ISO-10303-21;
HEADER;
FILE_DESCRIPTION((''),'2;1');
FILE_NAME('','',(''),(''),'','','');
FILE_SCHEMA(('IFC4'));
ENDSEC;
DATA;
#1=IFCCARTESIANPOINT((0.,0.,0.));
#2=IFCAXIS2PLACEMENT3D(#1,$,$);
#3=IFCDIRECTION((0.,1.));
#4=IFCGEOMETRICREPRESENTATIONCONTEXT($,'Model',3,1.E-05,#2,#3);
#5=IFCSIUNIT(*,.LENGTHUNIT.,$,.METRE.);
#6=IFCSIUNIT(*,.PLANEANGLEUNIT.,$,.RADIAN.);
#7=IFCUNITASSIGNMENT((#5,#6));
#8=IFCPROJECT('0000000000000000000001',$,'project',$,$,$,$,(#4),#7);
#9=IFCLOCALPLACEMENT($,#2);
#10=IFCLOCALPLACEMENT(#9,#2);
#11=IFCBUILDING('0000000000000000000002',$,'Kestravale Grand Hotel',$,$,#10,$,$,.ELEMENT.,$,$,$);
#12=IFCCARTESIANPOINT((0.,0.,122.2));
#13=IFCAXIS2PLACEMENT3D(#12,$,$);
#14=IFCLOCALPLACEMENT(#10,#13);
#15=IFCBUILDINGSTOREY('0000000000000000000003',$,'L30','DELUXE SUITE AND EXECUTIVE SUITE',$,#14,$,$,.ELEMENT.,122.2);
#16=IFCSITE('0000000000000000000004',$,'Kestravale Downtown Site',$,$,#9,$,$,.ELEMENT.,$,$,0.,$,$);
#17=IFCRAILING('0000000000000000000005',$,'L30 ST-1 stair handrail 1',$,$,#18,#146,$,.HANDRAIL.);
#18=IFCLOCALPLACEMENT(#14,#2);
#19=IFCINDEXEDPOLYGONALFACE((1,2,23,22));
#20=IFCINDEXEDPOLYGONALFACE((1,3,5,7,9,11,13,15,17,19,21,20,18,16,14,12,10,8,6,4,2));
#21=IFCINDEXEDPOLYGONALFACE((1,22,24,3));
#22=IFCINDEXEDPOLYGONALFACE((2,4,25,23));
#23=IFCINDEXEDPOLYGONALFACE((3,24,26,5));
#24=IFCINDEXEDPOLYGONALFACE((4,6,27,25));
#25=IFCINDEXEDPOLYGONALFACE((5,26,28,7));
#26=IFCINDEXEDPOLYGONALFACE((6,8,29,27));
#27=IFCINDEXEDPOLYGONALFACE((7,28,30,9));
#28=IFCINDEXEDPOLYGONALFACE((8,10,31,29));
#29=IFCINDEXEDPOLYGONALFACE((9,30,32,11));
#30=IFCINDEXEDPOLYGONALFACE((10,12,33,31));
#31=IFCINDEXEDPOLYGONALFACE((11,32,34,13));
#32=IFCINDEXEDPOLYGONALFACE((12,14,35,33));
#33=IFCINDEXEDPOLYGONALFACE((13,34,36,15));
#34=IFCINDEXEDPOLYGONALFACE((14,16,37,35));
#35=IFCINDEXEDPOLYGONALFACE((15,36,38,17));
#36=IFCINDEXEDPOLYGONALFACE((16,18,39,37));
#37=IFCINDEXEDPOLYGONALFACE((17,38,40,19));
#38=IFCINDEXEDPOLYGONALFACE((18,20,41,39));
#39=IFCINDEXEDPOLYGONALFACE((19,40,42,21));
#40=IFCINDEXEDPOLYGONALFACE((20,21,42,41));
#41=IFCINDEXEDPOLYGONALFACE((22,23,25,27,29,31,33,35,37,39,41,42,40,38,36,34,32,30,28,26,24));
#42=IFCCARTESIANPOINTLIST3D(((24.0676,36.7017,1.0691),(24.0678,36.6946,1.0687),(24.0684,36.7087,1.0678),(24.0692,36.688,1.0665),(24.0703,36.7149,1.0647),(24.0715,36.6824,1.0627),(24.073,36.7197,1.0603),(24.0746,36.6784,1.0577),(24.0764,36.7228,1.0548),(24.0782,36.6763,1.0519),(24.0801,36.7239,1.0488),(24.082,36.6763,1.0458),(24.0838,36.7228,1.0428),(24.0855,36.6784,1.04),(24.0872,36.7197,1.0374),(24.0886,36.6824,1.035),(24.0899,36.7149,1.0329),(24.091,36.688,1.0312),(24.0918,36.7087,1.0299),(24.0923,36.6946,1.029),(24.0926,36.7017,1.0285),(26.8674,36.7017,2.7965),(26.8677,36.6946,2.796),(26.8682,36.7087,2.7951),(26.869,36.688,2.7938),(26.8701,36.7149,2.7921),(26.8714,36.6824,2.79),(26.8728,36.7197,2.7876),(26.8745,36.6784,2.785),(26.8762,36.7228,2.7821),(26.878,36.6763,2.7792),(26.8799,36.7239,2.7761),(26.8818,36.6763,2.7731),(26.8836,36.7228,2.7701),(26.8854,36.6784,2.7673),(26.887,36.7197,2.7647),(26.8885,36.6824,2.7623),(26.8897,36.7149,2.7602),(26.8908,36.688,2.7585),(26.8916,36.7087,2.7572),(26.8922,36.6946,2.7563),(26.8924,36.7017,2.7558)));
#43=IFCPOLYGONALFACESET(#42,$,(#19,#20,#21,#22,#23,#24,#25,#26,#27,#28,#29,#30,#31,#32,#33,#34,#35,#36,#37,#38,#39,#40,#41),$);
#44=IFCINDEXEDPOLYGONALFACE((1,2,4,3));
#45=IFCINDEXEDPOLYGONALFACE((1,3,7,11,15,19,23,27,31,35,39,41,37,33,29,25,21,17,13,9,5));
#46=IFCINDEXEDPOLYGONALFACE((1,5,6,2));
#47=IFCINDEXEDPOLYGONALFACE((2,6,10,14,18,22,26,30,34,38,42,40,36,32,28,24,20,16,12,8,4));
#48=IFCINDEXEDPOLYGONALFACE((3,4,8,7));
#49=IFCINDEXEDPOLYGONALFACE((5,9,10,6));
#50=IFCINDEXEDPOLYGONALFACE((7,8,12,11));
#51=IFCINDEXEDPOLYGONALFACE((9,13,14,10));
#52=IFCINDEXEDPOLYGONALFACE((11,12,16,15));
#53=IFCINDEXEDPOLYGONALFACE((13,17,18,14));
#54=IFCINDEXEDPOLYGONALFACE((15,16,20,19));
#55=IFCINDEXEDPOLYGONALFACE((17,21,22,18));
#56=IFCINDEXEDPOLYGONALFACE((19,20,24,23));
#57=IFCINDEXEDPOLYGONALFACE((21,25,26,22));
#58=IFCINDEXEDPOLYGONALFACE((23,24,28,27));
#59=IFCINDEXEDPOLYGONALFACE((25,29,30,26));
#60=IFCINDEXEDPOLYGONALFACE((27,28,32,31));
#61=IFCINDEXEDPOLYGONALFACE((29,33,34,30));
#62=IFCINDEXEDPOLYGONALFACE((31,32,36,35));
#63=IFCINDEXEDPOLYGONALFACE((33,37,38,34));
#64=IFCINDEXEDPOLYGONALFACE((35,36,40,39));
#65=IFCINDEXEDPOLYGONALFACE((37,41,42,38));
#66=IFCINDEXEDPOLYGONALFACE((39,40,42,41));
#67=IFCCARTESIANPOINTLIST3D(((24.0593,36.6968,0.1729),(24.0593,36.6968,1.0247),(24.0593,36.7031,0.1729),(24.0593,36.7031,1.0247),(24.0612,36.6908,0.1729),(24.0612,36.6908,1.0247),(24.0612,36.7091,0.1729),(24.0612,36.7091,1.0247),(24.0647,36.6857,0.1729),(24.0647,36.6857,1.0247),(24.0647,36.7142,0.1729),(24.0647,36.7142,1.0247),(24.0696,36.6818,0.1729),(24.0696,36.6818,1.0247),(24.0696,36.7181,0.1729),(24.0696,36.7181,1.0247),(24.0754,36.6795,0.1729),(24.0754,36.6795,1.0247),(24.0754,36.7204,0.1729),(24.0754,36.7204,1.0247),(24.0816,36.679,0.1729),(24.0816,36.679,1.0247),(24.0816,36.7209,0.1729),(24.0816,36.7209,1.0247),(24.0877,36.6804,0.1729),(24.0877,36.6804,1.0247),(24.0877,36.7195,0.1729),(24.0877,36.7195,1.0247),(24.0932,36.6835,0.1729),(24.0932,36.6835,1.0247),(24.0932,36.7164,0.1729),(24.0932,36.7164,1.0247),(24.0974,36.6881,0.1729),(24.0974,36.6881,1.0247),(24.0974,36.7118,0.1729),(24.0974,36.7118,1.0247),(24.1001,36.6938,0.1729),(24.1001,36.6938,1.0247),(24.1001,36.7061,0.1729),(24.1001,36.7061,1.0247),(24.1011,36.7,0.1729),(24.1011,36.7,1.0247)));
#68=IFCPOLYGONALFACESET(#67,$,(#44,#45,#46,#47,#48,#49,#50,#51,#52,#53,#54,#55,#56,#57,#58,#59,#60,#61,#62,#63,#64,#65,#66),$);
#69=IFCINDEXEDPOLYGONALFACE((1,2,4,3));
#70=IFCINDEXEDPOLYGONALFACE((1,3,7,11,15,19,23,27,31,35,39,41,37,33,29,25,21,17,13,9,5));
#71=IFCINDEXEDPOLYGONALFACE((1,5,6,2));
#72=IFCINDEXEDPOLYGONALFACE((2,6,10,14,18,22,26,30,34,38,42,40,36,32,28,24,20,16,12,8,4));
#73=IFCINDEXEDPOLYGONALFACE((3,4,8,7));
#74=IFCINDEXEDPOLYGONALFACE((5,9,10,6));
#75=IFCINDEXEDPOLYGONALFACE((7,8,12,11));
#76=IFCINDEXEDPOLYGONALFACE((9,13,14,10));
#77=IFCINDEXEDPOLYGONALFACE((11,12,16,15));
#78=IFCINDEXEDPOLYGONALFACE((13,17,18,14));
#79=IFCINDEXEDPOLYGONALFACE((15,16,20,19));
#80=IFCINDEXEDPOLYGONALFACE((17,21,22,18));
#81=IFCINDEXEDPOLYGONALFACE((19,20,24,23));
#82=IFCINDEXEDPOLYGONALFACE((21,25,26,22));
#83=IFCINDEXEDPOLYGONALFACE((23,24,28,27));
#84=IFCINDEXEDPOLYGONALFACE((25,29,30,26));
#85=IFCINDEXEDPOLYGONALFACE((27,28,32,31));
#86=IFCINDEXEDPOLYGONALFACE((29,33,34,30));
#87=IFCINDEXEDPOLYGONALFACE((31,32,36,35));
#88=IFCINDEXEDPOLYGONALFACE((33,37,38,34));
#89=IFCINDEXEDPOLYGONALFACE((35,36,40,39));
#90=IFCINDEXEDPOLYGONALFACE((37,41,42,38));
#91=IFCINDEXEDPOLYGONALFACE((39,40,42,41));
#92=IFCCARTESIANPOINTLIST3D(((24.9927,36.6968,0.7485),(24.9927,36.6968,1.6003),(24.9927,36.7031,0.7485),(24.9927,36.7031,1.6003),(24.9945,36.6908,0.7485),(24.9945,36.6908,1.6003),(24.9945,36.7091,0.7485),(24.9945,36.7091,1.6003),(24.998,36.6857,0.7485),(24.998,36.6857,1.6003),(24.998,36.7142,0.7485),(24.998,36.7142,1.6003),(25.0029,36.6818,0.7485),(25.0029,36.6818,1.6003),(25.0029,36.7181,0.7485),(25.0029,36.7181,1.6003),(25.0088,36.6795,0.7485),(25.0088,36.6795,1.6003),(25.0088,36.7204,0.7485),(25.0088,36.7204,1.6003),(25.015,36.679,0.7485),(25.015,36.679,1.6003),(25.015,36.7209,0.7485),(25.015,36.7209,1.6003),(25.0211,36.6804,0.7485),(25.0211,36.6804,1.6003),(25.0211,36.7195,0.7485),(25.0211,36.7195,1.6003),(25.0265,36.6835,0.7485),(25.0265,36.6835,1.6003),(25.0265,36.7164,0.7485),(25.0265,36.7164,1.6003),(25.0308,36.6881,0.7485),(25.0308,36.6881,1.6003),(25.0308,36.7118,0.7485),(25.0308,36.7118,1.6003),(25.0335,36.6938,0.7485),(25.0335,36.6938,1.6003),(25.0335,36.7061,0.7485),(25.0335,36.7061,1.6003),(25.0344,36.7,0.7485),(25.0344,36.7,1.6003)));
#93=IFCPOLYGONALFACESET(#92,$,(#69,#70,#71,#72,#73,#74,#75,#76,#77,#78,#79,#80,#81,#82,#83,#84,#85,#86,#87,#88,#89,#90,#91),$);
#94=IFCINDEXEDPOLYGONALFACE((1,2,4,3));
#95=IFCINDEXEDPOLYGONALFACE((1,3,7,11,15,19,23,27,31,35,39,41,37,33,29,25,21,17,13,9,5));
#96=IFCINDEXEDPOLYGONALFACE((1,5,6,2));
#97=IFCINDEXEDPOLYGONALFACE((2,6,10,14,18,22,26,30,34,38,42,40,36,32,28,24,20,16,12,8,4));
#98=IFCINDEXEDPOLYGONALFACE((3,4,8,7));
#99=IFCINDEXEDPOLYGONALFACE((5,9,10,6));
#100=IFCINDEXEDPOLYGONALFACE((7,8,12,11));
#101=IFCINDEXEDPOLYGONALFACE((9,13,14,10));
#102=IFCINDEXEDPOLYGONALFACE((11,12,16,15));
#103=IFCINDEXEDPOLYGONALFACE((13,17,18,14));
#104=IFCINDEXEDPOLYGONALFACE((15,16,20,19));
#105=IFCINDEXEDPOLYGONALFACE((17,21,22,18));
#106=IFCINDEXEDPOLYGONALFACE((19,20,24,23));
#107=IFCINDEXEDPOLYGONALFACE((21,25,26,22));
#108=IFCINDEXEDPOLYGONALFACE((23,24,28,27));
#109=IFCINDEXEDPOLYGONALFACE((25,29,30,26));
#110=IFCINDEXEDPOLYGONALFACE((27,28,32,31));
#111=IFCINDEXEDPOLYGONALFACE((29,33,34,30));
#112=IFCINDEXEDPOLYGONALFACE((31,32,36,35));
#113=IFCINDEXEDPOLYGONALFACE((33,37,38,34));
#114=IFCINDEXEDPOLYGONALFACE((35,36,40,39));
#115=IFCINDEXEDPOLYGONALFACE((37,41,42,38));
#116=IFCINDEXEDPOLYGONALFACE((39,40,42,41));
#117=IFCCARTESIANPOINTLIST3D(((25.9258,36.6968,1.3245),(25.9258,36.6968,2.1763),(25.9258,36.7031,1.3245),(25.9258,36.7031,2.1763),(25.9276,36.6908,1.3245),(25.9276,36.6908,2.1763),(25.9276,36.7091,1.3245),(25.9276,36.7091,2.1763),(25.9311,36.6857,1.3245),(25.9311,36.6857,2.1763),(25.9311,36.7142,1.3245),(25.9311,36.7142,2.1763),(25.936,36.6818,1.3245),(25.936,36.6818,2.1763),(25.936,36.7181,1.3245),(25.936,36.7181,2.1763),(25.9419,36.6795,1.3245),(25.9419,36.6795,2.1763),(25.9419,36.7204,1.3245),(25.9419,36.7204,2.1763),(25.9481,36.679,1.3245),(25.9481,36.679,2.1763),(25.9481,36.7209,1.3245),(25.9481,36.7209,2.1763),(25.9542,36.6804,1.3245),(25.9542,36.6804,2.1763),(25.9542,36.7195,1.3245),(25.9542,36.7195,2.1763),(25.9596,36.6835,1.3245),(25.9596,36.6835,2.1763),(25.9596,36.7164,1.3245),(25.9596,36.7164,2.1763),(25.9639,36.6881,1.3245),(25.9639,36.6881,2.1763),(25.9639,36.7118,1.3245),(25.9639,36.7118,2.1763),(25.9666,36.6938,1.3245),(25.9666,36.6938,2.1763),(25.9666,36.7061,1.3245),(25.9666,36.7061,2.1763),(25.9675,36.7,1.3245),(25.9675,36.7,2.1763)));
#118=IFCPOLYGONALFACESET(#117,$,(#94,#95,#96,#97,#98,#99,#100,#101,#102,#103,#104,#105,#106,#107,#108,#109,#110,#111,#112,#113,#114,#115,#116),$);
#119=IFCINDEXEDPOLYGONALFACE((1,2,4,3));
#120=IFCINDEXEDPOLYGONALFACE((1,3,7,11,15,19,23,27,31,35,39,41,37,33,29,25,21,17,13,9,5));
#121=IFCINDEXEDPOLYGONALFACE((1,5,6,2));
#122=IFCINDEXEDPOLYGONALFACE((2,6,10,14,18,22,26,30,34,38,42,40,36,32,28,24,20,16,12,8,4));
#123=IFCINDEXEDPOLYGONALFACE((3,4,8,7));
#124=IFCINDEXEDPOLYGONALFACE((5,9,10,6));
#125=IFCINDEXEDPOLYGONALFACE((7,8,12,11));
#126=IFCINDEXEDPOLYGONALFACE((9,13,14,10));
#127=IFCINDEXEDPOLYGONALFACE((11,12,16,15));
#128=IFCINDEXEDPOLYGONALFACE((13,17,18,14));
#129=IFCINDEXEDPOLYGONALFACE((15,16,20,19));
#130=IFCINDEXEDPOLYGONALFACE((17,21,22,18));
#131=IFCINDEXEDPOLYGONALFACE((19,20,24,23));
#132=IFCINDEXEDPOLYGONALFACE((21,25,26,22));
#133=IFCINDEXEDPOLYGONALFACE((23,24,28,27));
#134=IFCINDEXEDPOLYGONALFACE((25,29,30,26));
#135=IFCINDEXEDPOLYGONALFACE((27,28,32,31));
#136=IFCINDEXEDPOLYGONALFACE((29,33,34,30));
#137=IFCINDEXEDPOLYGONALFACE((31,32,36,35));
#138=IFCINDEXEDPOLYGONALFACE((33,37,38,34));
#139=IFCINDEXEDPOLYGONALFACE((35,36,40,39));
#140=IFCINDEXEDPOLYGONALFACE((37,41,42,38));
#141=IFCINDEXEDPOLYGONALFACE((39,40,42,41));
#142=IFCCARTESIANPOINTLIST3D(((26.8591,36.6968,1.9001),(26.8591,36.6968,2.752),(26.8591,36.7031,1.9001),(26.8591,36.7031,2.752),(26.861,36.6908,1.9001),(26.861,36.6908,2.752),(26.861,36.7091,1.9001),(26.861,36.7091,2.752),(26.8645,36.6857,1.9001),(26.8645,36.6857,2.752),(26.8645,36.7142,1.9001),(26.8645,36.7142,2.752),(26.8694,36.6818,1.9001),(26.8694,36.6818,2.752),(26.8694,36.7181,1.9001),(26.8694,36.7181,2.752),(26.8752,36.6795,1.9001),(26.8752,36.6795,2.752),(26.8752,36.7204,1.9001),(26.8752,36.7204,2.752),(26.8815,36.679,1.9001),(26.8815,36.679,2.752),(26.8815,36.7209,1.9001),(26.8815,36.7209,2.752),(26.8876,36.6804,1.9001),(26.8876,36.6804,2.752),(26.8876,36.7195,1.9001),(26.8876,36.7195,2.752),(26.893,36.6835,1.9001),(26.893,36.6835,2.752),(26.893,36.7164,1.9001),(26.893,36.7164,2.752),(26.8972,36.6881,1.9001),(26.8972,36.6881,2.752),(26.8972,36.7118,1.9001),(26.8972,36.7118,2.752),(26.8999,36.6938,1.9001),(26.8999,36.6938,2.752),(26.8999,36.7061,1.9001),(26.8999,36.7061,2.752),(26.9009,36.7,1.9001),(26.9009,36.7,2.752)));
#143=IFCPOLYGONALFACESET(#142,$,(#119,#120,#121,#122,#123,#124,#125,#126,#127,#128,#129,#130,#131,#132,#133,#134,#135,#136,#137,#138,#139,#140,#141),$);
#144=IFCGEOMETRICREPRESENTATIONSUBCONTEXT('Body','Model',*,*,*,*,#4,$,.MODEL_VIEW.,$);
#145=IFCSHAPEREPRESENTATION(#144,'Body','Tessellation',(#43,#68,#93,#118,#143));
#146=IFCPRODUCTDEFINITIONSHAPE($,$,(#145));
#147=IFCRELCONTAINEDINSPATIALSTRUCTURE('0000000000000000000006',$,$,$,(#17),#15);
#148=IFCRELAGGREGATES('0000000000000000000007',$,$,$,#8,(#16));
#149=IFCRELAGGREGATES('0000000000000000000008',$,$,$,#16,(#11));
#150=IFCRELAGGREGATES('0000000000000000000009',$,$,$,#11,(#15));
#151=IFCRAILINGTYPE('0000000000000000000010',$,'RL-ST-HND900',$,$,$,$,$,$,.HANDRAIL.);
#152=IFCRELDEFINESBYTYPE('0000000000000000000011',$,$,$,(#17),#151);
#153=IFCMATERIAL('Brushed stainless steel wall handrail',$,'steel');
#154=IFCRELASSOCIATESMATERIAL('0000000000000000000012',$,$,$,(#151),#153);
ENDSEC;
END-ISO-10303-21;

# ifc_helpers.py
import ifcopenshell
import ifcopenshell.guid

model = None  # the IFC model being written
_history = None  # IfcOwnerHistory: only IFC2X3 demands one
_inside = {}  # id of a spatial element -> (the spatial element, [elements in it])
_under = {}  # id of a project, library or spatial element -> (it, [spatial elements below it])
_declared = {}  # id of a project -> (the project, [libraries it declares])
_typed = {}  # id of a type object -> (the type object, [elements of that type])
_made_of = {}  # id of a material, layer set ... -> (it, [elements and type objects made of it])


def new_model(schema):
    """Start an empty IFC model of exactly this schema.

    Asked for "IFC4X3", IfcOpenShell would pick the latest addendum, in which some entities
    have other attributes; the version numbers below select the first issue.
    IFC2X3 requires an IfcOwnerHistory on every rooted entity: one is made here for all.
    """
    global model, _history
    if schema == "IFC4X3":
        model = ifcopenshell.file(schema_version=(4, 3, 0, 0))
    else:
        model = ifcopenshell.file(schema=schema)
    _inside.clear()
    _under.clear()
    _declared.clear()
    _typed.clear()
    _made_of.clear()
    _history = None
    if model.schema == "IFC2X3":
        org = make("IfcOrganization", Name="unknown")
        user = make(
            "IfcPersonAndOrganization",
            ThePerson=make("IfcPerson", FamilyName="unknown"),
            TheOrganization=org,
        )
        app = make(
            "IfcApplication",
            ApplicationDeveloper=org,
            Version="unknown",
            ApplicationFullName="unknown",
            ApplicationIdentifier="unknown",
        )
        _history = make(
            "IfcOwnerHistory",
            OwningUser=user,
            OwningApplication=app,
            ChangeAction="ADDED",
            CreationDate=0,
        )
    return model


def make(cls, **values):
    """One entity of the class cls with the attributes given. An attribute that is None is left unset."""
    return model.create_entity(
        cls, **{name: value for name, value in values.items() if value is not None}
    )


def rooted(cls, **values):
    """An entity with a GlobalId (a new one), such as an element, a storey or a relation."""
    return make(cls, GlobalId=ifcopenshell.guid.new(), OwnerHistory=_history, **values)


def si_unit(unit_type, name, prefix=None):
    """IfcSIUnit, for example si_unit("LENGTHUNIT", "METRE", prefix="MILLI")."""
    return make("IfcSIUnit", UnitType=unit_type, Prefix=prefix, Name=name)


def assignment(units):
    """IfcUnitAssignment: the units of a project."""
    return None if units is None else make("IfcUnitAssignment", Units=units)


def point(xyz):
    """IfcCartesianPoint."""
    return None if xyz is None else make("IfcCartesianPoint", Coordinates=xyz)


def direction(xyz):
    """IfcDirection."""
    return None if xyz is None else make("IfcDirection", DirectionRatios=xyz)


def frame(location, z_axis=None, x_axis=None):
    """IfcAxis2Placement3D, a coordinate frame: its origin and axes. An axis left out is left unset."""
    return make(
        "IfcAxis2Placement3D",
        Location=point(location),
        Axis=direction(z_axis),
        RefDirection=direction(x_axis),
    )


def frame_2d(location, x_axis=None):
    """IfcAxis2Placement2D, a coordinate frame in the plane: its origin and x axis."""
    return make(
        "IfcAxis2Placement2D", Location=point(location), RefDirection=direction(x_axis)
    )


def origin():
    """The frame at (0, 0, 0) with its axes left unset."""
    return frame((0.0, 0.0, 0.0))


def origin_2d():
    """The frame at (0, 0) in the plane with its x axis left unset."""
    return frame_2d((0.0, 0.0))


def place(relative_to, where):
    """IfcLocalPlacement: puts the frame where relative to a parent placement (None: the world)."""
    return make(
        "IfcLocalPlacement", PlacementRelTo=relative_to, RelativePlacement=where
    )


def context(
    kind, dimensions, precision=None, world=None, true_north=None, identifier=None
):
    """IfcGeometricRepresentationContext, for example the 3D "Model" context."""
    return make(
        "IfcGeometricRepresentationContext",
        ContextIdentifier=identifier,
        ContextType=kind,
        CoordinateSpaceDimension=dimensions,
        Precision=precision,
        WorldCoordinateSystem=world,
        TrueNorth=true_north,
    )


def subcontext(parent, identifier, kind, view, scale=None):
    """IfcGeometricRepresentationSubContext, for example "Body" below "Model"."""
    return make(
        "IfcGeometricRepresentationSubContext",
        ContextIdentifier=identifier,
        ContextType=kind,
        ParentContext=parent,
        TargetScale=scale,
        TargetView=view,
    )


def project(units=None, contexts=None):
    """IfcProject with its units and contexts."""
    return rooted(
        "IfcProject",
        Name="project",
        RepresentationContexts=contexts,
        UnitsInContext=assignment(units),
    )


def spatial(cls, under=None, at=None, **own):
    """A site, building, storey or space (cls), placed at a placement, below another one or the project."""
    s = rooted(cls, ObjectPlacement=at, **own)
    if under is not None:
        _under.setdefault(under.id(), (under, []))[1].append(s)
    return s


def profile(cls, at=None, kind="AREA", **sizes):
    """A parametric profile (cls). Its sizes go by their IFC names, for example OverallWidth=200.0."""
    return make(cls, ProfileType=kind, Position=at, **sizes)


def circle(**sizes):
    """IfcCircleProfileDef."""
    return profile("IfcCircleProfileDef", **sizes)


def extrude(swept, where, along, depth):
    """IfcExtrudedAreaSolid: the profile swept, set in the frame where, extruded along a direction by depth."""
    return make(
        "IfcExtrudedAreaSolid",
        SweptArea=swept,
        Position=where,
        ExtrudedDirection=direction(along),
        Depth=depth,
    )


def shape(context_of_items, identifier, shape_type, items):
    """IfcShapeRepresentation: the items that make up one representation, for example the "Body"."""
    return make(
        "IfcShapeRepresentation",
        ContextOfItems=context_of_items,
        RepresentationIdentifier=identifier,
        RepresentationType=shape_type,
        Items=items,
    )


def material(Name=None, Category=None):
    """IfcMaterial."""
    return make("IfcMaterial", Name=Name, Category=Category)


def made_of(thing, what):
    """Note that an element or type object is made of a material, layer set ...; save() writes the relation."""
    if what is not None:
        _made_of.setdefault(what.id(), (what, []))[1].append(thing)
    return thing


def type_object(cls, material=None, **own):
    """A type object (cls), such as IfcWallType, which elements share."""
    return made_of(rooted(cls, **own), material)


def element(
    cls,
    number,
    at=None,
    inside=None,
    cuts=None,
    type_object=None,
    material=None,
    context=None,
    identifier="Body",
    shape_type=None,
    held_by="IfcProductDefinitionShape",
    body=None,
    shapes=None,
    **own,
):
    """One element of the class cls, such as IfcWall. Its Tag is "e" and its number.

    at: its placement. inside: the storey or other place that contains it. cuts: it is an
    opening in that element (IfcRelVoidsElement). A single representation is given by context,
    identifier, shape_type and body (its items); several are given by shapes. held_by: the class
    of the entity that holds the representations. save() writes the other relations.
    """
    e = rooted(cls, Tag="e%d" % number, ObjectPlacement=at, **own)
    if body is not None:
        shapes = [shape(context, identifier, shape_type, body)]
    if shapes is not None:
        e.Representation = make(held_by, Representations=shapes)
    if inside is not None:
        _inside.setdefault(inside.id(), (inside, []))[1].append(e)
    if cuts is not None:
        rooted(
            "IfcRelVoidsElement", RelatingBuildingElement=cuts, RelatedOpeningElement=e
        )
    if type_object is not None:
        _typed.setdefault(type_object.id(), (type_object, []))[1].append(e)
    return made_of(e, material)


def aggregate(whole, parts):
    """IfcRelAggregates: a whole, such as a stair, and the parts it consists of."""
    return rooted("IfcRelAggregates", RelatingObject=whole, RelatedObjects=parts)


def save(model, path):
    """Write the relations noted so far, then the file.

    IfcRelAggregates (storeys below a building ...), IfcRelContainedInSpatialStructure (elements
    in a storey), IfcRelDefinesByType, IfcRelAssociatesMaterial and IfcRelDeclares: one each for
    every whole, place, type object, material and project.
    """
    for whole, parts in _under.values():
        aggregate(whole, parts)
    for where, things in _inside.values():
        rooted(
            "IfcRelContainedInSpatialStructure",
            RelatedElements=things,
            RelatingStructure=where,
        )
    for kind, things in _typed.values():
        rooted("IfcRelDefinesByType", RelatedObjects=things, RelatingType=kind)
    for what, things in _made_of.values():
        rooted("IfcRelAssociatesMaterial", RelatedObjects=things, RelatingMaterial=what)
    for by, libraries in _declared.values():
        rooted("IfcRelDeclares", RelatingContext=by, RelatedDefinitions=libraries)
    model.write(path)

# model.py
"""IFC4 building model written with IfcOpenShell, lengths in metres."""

from ifc_helpers import new_model, si_unit, direction, frame, origin, origin_2d, place, context, subcontext, project, spatial, circle, extrude, material, type_object, element, save


model = new_model("IFC4")

# Units and contexts
model_context = context("Model", 3, precision=1e-05, world=origin(), true_north=direction((0.0, 1.0)))
body_context = subcontext(model_context, "Body", "Model", "MODEL_VIEW")
ifc_project = project(units=[si_unit("LENGTHUNIT", "METRE"), si_unit("PLANEANGLEUNIT", "RADIAN")], contexts=[model_context])

# Site, building, storey
site_placement = place(None, origin())
site = spatial("IfcSite", under=ifc_project, at=site_placement, Name="Kestravale Downtown Site", CompositionType="ELEMENT", RefElevation=0.0)
building_placement = place(site_placement, origin())
building = spatial("IfcBuilding", under=site, at=building_placement, Name="Kestravale Grand Hotel", CompositionType="ELEMENT")
storey_placement = place(building_placement, frame((0.0, 0.0, 122.2)))
storey = spatial("IfcBuildingStorey", under=building, at=storey_placement, Name="L30", Description="DELUXE SUITE AND EXECUTIVE SUITE", CompositionType="ELEMENT", Elevation=122.2)

# Railing
ifc_material_1 = material(Name="Brushed stainless steel wall handrail", Category="steel")
railing_type_1 = type_object("IfcRailingType", Name="RL-ST-HND900", PredefinedType="HANDRAIL", material=ifc_material_1)
railing_1_placement = place(storey_placement, frame((24.0801, 36.7, 0.1729)))
element("IfcRailing", 1, at=railing_1_placement, inside=storey, type_object=railing_type_1, Name="L30 ST-1 stair handrail 1", PredefinedType="HANDRAIL", context=body_context, shape_type="SweptSolid", body=[
    extrude(circle(Radius=0.0239, at=origin_2d()), frame((0.0, 0.0, 0.876), z_axis=(0.851069, 0.0, 0.525054), x_axis=(0.0, 1.0, 0.0)), (0.0, 0.0, 1.0), 3.2898),
    extrude(circle(Radius=0.021, at=origin_2d()), origin(), (0.0, 0.0, 1.0), 0.8518),
    extrude(circle(Radius=0.021, at=origin_2d()), frame((0.9333, 0.0, 0.5757)), (0.0, 0.0, 1.0), 0.8518),
    extrude(circle(Radius=0.021, at=origin_2d()), frame((1.8665, 0.0, 1.1516)), (0.0, 0.0, 1.0), 0.8518),
    extrude(circle(Radius=0.021, at=origin_2d()), frame((2.7998, 0.0, 1.7273)), (0.0, 0.0, 1.0), 0.8518),
])

save(model, "model.ifc")
